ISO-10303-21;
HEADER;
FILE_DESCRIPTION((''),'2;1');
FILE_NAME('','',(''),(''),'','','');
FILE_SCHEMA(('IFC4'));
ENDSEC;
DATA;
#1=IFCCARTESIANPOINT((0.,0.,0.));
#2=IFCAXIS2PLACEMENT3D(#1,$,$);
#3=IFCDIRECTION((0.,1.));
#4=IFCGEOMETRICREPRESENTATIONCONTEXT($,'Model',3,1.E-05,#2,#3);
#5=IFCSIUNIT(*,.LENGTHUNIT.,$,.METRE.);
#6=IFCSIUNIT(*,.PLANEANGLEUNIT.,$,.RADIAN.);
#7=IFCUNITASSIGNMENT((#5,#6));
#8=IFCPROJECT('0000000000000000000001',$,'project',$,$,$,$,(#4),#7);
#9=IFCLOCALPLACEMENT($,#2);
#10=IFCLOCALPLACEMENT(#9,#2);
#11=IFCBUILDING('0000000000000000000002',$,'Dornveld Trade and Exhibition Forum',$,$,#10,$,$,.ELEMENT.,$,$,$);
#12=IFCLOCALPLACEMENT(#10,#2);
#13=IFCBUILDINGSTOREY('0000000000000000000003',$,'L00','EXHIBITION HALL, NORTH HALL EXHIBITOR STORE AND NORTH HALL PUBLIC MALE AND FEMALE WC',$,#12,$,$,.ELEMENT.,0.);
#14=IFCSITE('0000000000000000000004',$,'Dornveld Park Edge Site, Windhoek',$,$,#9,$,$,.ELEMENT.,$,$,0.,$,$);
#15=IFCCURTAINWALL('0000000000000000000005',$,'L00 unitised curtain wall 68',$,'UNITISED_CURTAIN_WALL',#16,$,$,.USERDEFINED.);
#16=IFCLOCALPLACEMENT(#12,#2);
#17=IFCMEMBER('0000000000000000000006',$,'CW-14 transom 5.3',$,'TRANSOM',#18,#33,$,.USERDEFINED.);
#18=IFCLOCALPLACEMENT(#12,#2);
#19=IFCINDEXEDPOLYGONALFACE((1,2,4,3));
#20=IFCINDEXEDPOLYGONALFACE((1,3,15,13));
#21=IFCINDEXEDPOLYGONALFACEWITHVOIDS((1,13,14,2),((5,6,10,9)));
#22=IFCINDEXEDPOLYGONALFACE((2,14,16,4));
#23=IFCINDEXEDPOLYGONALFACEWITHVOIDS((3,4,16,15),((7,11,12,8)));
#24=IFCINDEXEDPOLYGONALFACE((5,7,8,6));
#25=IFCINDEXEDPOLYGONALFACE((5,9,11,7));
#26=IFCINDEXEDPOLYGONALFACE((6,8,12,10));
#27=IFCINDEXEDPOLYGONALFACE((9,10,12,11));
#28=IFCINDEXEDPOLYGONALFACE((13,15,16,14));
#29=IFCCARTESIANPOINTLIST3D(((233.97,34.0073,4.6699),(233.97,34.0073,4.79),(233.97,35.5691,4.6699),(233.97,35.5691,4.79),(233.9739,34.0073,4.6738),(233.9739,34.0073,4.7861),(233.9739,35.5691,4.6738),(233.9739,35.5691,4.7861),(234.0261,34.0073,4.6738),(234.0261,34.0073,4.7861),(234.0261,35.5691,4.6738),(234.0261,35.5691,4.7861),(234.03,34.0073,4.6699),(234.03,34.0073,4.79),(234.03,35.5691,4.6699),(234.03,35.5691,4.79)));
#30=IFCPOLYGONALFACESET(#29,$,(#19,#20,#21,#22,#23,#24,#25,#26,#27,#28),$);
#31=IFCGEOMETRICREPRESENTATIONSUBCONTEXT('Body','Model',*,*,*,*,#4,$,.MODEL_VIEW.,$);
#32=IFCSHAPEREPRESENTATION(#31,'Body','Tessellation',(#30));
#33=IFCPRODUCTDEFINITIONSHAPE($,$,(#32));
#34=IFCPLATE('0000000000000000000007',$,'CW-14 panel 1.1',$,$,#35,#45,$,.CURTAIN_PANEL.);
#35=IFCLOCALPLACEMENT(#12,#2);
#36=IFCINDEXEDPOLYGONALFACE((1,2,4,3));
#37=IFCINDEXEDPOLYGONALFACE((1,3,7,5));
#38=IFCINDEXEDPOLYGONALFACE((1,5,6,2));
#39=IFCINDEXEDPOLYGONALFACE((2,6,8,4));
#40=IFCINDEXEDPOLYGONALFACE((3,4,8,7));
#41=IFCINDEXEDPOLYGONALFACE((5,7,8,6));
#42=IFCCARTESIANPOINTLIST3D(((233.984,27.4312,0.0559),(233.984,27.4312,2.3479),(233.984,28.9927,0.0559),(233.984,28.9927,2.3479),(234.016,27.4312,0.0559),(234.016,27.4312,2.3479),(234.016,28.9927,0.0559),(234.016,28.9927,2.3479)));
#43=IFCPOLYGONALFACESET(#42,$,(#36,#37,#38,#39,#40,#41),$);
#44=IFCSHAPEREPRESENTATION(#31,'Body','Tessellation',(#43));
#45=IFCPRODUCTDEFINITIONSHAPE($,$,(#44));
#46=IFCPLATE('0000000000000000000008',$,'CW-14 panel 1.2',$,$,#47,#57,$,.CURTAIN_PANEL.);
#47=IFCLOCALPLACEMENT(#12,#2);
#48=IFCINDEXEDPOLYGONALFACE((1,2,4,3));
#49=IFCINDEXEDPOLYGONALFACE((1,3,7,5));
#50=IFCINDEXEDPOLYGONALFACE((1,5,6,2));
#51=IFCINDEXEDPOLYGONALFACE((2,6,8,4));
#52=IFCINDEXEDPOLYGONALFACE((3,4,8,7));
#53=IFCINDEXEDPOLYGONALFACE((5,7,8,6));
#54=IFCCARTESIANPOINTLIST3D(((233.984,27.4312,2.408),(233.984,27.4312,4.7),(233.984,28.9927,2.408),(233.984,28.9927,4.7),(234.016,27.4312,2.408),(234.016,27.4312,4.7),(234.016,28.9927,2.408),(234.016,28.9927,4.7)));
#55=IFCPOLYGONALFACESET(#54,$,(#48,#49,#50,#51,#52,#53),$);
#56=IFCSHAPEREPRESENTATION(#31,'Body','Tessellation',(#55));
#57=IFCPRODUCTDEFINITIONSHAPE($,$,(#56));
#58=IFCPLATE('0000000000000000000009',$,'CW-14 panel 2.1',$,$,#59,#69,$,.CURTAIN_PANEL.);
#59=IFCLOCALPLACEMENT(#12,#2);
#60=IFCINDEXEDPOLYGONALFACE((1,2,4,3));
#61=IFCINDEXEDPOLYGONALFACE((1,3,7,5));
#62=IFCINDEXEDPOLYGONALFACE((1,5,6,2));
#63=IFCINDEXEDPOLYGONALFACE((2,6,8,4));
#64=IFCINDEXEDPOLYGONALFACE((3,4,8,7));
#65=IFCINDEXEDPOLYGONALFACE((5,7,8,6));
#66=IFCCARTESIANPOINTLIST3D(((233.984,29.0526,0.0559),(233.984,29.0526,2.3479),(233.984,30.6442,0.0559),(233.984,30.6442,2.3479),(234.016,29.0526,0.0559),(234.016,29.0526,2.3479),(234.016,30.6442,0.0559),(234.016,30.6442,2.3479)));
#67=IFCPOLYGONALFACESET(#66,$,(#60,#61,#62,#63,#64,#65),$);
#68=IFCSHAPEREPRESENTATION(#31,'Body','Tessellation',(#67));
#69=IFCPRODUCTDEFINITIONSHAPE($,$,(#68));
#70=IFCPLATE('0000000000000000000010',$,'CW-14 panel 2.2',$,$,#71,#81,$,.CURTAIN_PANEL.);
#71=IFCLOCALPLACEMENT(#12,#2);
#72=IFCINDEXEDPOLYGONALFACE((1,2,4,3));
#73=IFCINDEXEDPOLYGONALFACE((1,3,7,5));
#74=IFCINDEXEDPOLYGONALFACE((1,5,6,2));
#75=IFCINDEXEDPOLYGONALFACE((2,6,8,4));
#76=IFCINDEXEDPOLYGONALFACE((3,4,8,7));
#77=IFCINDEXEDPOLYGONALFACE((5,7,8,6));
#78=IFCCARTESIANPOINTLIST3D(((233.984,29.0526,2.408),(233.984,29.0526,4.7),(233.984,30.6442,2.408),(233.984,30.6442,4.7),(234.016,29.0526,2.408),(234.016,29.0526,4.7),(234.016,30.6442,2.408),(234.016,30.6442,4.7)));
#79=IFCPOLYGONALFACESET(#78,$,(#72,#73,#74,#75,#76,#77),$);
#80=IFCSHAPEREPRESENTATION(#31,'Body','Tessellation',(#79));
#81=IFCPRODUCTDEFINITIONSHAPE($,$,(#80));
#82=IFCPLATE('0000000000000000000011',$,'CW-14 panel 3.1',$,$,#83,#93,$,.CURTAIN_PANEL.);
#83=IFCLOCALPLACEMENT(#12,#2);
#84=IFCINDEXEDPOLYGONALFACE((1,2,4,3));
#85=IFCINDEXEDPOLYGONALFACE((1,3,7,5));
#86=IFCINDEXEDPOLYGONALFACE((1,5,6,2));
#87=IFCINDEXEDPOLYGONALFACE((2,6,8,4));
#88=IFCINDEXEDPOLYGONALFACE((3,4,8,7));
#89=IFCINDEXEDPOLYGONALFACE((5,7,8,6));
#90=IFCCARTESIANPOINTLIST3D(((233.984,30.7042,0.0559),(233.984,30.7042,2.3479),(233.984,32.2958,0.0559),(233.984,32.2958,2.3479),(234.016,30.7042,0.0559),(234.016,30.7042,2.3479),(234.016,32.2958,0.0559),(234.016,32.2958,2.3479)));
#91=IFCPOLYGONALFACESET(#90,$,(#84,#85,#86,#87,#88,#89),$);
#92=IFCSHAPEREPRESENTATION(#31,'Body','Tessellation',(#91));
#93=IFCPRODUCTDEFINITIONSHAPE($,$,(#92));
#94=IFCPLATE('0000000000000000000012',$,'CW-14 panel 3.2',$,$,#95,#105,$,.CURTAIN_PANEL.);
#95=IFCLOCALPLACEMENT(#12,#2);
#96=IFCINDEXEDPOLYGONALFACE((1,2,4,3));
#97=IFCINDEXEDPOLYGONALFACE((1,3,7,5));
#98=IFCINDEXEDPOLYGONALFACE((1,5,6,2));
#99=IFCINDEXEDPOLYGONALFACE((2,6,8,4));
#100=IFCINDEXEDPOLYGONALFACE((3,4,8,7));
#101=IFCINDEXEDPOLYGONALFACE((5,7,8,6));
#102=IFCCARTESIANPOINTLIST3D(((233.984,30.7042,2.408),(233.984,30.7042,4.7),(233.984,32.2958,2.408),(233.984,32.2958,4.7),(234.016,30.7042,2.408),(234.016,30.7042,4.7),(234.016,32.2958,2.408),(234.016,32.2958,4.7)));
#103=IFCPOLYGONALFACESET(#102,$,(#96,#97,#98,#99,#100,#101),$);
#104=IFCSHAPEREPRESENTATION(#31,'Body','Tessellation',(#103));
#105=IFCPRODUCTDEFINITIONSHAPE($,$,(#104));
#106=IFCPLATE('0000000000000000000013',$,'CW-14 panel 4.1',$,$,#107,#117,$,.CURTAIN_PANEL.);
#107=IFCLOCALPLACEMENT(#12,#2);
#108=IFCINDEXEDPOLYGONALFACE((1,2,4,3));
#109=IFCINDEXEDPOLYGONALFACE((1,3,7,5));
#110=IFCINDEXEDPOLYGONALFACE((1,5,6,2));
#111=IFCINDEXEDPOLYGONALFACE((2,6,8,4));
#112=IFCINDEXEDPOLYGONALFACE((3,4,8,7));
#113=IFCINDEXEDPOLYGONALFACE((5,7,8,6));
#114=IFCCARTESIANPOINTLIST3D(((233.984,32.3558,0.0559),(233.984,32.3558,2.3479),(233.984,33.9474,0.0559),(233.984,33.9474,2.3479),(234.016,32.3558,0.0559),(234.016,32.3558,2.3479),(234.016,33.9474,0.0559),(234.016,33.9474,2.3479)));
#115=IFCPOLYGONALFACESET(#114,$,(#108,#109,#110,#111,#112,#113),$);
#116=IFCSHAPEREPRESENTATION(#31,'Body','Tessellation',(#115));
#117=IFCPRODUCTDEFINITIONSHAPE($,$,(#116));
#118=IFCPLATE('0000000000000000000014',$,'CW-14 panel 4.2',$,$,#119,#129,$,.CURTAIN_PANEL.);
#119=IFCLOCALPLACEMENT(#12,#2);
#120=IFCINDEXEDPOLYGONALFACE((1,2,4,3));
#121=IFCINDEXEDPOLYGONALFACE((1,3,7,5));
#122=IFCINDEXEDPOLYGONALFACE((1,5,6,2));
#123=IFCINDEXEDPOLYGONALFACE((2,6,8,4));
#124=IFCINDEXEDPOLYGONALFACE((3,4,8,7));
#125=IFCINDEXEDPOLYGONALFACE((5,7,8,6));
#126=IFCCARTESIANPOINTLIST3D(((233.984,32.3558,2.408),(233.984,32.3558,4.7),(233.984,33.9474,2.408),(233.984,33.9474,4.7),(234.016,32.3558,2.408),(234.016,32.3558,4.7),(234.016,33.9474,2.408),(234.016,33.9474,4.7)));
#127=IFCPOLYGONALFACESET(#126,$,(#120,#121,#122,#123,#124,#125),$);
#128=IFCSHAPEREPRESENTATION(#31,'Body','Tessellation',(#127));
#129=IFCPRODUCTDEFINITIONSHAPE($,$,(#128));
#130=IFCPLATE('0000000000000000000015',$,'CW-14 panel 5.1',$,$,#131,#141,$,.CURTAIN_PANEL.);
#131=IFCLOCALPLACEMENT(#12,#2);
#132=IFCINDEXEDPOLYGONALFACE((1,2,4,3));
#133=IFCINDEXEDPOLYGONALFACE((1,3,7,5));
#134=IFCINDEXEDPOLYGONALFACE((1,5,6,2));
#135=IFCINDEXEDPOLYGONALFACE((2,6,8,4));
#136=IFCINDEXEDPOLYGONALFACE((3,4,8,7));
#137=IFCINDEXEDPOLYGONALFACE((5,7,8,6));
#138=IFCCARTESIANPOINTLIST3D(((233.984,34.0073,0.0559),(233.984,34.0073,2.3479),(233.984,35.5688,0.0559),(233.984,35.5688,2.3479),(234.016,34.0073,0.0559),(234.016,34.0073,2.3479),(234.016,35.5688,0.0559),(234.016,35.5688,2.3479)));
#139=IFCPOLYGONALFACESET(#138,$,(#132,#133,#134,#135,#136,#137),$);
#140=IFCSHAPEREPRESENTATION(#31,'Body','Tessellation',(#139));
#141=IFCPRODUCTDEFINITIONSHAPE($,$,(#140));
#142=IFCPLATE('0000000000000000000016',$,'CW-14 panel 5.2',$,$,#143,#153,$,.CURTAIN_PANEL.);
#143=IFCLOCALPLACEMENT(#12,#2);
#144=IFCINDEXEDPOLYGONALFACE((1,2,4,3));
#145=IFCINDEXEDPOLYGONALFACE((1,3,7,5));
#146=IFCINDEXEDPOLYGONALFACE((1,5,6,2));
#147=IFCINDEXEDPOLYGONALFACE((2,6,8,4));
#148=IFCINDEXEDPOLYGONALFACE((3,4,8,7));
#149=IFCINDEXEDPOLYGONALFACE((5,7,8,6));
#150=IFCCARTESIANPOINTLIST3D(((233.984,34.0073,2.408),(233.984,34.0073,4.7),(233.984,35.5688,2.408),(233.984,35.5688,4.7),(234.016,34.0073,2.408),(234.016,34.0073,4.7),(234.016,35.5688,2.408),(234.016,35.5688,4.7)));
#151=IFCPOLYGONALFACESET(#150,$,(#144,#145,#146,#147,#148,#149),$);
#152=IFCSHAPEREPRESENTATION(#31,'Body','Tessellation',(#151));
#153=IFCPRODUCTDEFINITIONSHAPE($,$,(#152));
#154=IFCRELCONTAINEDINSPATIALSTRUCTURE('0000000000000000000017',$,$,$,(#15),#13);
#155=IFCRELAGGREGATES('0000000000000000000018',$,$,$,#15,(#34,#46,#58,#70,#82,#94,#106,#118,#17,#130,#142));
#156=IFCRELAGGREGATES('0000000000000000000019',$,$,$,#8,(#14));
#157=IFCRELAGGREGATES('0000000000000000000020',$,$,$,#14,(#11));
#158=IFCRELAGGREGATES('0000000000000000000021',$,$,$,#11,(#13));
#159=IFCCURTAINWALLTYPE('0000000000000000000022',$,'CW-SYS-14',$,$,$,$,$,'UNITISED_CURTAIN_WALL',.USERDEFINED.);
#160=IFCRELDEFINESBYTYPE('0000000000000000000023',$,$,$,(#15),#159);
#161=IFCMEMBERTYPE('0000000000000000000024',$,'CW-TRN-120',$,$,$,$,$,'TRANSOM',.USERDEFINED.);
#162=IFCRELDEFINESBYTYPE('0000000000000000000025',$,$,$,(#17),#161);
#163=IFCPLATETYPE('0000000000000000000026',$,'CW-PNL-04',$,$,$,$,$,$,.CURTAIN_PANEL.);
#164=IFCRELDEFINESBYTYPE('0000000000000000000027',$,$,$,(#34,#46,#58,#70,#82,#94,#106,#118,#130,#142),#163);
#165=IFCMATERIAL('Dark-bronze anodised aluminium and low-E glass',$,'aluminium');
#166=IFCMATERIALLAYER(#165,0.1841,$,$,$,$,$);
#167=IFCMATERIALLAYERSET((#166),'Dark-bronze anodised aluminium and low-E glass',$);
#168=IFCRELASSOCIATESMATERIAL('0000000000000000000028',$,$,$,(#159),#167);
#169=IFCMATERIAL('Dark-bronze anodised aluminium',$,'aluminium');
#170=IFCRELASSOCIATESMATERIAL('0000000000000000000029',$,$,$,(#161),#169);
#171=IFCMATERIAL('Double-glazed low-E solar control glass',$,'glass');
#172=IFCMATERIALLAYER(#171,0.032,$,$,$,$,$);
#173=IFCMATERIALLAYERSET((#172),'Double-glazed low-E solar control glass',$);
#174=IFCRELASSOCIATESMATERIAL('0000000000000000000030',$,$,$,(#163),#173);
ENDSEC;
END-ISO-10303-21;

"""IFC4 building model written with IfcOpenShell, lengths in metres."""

from ifc_helpers import new_model, si_unit, direction, frame, origin, origin_2d, place, context, subcontext, project, spatial, rectangle, hollow_rectangle, extrude, material, layer, layer_set, material_profile, profile_set, type_object, element, aggregate, save


model = new_model("IFC4")

# Units and contexts
model_context = context("Model", 3, precision=1e-05, world=origin(), true_north=direction((0.0, 1.0)))
body_context = subcontext(model_context, "Body", "Model", "MODEL_VIEW")
ifc_project = project(units=[si_unit("LENGTHUNIT", "METRE"), si_unit("PLANEANGLEUNIT", "RADIAN")], contexts=[model_context])

# Site, building, storey
site_placement = place(None, origin())
site = spatial("IfcSite", under=ifc_project, at=site_placement, Name="Dornveld Park Edge Site, Windhoek", CompositionType="ELEMENT", RefElevation=0.0)
building_placement = place(site_placement, origin())
building = spatial("IfcBuilding", under=site, at=building_placement, Name="Dornveld Trade and Exhibition Forum", CompositionType="ELEMENT")
storey_placement = place(building_placement, origin())
storey = spatial("IfcBuildingStorey", under=building, at=storey_placement, Name="L00", Description="EXHIBITION HALL, NORTH HALL EXHIBITOR STORE AND NORTH HALL PUBLIC MALE AND FEMALE WC", CompositionType="ELEMENT", Elevation=0.0)

# Curtain wall, member, plates
ifc_material_1 = material(Name="Dark-bronze anodised aluminium and low-E glass", Category="aluminium")
ifc_layer_1 = layer(ifc_material_1, 0.1841)
ifc_layer_set_1 = layer_set([ifc_layer_1], Name="Dark-bronze anodised aluminium and low-E glass")
curtain_wall_type = type_object("IfcCurtainWallType", Name="CW-SYS-14", ElementType="UNITISED_CURTAIN_WALL", PredefinedType="USERDEFINED", material=ifc_layer_set_1)
curtain_wall_placement = place(storey_placement, origin())
curtain_wall = element("IfcCurtainWall", 1, at=curtain_wall_placement, inside=storey, type_object=curtain_wall_type, Name="L00 unitised curtain wall 68", ObjectType="UNITISED_CURTAIN_WALL", PredefinedType="USERDEFINED")
ifc_material_2 = material(Name="Dark-bronze anodised aluminium", Category="aluminium")
ifc_material_profile_1 = material_profile(ifc_material_2, hollow_rectangle(XDim=0.0601, YDim=0.1201, WallThickness=0.0039, at=origin_2d()), Name="RHS 120x60x4")
ifc_profile_set_1 = profile_set([ifc_material_profile_1], Name="Dark-bronze anodised aluminium")
member_type_1 = type_object("IfcMemberType", Name="CW-TRN-120", ElementType="TRANSOM", PredefinedType="USERDEFINED", material=ifc_profile_set_1)
member_1_placement = place(storey_placement, frame((234.0, 34.0073, 4.73), z_axis=(0.0, 1.0, 0.0), x_axis=(-1.0, 0.0, 0.0)))
member_1 = element("IfcMember", 2, at=member_1_placement, type_object=member_type_1, Name="CW-14 transom 5.3", ObjectType="TRANSOM", PredefinedType="USERDEFINED", context=body_context, shape_type="SweptSolid", body=[
    extrude(hollow_rectangle(XDim=0.0601, YDim=0.1201, WallThickness=0.0039, at=origin_2d()), origin(), (0.0, 0.0, 1.0), 1.5618),
])
ifc_material_3 = material(Name="Double-glazed low-E solar control glass", Category="glass")
ifc_layer_2 = layer(ifc_material_3, 0.032)
ifc_layer_set_2 = layer_set([ifc_layer_2], Name="Double-glazed low-E solar control glass")
plate_type = type_object("IfcPlateType", Name="CW-PNL-04", PredefinedType="CURTAIN_PANEL", material=ifc_layer_set_2)
plate_1_placement = place(storey_placement, frame((234.0, 28.2119, 0.0559), z_axis=(0.0, 0.0, 1.0), x_axis=(0.0, 1.0, 0.0)))
plate_1 = element("IfcPlate", 3, at=plate_1_placement, type_object=plate_type, Name="CW-14 panel 1.1", PredefinedType="CURTAIN_PANEL", context=body_context, shape_type="SweptSolid", body=[
    extrude(rectangle(XDim=1.5615, YDim=0.032, at=origin_2d()), origin(), (0.0, 0.0, 1.0), 2.292),
])
plate_2_placement = place(storey_placement, frame((234.0, 28.2119, 2.408), z_axis=(0.0, 0.0, 1.0), x_axis=(0.0, 1.0, 0.0)))
plate_2 = element("IfcPlate", 4, at=plate_2_placement, type_object=plate_type, Name="CW-14 panel 1.2", PredefinedType="CURTAIN_PANEL", context=body_context, shape_type="SweptSolid", body=[
    extrude(rectangle(XDim=1.5615, YDim=0.032, at=origin_2d()), origin(), (0.0, 0.0, 1.0), 2.292),
])
plate_3_placement = place(storey_placement, frame((234.0, 29.8484, 0.0559), z_axis=(0.0, 0.0, 1.0), x_axis=(0.0, 1.0, 0.0)))
plate_3 = element("IfcPlate", 5, at=plate_3_placement, type_object=plate_type, Name="CW-14 panel 2.1", PredefinedType="CURTAIN_PANEL", context=body_context, shape_type="SweptSolid", body=[
    extrude(rectangle(XDim=1.5916, YDim=0.032, at=origin_2d()), origin(), (0.0, 0.0, 1.0), 2.292),
])
plate_4_placement = place(storey_placement, frame((234.0, 29.8484, 2.408), z_axis=(0.0, 0.0, 1.0), x_axis=(0.0, 1.0, 0.0)))
plate_4 = element("IfcPlate", 6, at=plate_4_placement, type_object=plate_type, Name="CW-14 panel 2.2", PredefinedType="CURTAIN_PANEL", context=body_context, shape_type="SweptSolid", body=[
    extrude(rectangle(XDim=1.5916, YDim=0.032, at=origin_2d()), origin(), (0.0, 0.0, 1.0), 2.292),
])
plate_5_placement = place(storey_placement, frame((234.0, 31.5, 0.0559), z_axis=(0.0, 0.0, 1.0), x_axis=(0.0, 1.0, 0.0)))
plate_5 = element("IfcPlate", 7, at=plate_5_placement, type_object=plate_type, Name="CW-14 panel 3.1", PredefinedType="CURTAIN_PANEL", context=body_context, shape_type="SweptSolid", body=[
    extrude(rectangle(XDim=1.5916, YDim=0.032, at=origin_2d()), origin(), (0.0, 0.0, 1.0), 2.292),
])
plate_6_placement = place(storey_placement, frame((234.0, 31.5, 2.408), z_axis=(0.0, 0.0, 1.0), x_axis=(0.0, 1.0, 0.0)))
plate_6 = element("IfcPlate", 8, at=plate_6_placement, type_object=plate_type, Name="CW-14 panel 3.2", PredefinedType="CURTAIN_PANEL", context=body_context, shape_type="SweptSolid", body=[
    extrude(rectangle(XDim=1.5916, YDim=0.032, at=origin_2d()), origin(), (0.0, 0.0, 1.0), 2.292),
])
plate_7_placement = place(storey_placement, frame((234.0, 33.1516, 0.0559), z_axis=(0.0, 0.0, 1.0), x_axis=(0.0, 1.0, 0.0)))
plate_7 = element("IfcPlate", 9, at=plate_7_placement, type_object=plate_type, Name="CW-14 panel 4.1", PredefinedType="CURTAIN_PANEL", context=body_context, shape_type="SweptSolid", body=[
    extrude(rectangle(XDim=1.5916, YDim=0.032, at=origin_2d()), origin(), (0.0, 0.0, 1.0), 2.292),
])
plate_8_placement = place(storey_placement, frame((234.0, 33.1516, 2.408), z_axis=(0.0, 0.0, 1.0), x_axis=(0.0, 1.0, 0.0)))
plate_8 = element("IfcPlate", 10, at=plate_8_placement, type_object=plate_type, Name="CW-14 panel 4.2", PredefinedType="CURTAIN_PANEL", context=body_context, shape_type="SweptSolid", body=[
    extrude(rectangle(XDim=1.5916, YDim=0.032, at=origin_2d()), origin(), (0.0, 0.0, 1.0), 2.292),
])
plate_9_placement = place(storey_placement, frame((234.0, 34.7881, 0.0559), z_axis=(0.0, 0.0, 1.0), x_axis=(0.0, 1.0, 0.0)))
plate_9 = element("IfcPlate", 11, at=plate_9_placement, type_object=plate_type, Name="CW-14 panel 5.1", PredefinedType="CURTAIN_PANEL", context=body_context, shape_type="SweptSolid", body=[
    extrude(rectangle(XDim=1.5615, YDim=0.032, at=origin_2d()), origin(), (0.0, 0.0, 1.0), 2.292),
])
plate_10_placement = place(storey_placement, frame((234.0, 34.7881, 2.408), z_axis=(0.0, 0.0, 1.0), x_axis=(0.0, 1.0, 0.0)))
plate_10 = element("IfcPlate", 12, at=plate_10_placement, type_object=plate_type, Name="CW-14 panel 5.2", PredefinedType="CURTAIN_PANEL", context=body_context, shape_type="SweptSolid", body=[
    extrude(rectangle(XDim=1.5615, YDim=0.032, at=origin_2d()), origin(), (0.0, 0.0, 1.0), 2.292),
])
aggregate(curtain_wall, [plate_1, plate_2, plate_3, plate_4, plate_5, plate_6, plate_7, plate_8, member_1, plate_9, plate_10])

save(model, "model.ifc")
